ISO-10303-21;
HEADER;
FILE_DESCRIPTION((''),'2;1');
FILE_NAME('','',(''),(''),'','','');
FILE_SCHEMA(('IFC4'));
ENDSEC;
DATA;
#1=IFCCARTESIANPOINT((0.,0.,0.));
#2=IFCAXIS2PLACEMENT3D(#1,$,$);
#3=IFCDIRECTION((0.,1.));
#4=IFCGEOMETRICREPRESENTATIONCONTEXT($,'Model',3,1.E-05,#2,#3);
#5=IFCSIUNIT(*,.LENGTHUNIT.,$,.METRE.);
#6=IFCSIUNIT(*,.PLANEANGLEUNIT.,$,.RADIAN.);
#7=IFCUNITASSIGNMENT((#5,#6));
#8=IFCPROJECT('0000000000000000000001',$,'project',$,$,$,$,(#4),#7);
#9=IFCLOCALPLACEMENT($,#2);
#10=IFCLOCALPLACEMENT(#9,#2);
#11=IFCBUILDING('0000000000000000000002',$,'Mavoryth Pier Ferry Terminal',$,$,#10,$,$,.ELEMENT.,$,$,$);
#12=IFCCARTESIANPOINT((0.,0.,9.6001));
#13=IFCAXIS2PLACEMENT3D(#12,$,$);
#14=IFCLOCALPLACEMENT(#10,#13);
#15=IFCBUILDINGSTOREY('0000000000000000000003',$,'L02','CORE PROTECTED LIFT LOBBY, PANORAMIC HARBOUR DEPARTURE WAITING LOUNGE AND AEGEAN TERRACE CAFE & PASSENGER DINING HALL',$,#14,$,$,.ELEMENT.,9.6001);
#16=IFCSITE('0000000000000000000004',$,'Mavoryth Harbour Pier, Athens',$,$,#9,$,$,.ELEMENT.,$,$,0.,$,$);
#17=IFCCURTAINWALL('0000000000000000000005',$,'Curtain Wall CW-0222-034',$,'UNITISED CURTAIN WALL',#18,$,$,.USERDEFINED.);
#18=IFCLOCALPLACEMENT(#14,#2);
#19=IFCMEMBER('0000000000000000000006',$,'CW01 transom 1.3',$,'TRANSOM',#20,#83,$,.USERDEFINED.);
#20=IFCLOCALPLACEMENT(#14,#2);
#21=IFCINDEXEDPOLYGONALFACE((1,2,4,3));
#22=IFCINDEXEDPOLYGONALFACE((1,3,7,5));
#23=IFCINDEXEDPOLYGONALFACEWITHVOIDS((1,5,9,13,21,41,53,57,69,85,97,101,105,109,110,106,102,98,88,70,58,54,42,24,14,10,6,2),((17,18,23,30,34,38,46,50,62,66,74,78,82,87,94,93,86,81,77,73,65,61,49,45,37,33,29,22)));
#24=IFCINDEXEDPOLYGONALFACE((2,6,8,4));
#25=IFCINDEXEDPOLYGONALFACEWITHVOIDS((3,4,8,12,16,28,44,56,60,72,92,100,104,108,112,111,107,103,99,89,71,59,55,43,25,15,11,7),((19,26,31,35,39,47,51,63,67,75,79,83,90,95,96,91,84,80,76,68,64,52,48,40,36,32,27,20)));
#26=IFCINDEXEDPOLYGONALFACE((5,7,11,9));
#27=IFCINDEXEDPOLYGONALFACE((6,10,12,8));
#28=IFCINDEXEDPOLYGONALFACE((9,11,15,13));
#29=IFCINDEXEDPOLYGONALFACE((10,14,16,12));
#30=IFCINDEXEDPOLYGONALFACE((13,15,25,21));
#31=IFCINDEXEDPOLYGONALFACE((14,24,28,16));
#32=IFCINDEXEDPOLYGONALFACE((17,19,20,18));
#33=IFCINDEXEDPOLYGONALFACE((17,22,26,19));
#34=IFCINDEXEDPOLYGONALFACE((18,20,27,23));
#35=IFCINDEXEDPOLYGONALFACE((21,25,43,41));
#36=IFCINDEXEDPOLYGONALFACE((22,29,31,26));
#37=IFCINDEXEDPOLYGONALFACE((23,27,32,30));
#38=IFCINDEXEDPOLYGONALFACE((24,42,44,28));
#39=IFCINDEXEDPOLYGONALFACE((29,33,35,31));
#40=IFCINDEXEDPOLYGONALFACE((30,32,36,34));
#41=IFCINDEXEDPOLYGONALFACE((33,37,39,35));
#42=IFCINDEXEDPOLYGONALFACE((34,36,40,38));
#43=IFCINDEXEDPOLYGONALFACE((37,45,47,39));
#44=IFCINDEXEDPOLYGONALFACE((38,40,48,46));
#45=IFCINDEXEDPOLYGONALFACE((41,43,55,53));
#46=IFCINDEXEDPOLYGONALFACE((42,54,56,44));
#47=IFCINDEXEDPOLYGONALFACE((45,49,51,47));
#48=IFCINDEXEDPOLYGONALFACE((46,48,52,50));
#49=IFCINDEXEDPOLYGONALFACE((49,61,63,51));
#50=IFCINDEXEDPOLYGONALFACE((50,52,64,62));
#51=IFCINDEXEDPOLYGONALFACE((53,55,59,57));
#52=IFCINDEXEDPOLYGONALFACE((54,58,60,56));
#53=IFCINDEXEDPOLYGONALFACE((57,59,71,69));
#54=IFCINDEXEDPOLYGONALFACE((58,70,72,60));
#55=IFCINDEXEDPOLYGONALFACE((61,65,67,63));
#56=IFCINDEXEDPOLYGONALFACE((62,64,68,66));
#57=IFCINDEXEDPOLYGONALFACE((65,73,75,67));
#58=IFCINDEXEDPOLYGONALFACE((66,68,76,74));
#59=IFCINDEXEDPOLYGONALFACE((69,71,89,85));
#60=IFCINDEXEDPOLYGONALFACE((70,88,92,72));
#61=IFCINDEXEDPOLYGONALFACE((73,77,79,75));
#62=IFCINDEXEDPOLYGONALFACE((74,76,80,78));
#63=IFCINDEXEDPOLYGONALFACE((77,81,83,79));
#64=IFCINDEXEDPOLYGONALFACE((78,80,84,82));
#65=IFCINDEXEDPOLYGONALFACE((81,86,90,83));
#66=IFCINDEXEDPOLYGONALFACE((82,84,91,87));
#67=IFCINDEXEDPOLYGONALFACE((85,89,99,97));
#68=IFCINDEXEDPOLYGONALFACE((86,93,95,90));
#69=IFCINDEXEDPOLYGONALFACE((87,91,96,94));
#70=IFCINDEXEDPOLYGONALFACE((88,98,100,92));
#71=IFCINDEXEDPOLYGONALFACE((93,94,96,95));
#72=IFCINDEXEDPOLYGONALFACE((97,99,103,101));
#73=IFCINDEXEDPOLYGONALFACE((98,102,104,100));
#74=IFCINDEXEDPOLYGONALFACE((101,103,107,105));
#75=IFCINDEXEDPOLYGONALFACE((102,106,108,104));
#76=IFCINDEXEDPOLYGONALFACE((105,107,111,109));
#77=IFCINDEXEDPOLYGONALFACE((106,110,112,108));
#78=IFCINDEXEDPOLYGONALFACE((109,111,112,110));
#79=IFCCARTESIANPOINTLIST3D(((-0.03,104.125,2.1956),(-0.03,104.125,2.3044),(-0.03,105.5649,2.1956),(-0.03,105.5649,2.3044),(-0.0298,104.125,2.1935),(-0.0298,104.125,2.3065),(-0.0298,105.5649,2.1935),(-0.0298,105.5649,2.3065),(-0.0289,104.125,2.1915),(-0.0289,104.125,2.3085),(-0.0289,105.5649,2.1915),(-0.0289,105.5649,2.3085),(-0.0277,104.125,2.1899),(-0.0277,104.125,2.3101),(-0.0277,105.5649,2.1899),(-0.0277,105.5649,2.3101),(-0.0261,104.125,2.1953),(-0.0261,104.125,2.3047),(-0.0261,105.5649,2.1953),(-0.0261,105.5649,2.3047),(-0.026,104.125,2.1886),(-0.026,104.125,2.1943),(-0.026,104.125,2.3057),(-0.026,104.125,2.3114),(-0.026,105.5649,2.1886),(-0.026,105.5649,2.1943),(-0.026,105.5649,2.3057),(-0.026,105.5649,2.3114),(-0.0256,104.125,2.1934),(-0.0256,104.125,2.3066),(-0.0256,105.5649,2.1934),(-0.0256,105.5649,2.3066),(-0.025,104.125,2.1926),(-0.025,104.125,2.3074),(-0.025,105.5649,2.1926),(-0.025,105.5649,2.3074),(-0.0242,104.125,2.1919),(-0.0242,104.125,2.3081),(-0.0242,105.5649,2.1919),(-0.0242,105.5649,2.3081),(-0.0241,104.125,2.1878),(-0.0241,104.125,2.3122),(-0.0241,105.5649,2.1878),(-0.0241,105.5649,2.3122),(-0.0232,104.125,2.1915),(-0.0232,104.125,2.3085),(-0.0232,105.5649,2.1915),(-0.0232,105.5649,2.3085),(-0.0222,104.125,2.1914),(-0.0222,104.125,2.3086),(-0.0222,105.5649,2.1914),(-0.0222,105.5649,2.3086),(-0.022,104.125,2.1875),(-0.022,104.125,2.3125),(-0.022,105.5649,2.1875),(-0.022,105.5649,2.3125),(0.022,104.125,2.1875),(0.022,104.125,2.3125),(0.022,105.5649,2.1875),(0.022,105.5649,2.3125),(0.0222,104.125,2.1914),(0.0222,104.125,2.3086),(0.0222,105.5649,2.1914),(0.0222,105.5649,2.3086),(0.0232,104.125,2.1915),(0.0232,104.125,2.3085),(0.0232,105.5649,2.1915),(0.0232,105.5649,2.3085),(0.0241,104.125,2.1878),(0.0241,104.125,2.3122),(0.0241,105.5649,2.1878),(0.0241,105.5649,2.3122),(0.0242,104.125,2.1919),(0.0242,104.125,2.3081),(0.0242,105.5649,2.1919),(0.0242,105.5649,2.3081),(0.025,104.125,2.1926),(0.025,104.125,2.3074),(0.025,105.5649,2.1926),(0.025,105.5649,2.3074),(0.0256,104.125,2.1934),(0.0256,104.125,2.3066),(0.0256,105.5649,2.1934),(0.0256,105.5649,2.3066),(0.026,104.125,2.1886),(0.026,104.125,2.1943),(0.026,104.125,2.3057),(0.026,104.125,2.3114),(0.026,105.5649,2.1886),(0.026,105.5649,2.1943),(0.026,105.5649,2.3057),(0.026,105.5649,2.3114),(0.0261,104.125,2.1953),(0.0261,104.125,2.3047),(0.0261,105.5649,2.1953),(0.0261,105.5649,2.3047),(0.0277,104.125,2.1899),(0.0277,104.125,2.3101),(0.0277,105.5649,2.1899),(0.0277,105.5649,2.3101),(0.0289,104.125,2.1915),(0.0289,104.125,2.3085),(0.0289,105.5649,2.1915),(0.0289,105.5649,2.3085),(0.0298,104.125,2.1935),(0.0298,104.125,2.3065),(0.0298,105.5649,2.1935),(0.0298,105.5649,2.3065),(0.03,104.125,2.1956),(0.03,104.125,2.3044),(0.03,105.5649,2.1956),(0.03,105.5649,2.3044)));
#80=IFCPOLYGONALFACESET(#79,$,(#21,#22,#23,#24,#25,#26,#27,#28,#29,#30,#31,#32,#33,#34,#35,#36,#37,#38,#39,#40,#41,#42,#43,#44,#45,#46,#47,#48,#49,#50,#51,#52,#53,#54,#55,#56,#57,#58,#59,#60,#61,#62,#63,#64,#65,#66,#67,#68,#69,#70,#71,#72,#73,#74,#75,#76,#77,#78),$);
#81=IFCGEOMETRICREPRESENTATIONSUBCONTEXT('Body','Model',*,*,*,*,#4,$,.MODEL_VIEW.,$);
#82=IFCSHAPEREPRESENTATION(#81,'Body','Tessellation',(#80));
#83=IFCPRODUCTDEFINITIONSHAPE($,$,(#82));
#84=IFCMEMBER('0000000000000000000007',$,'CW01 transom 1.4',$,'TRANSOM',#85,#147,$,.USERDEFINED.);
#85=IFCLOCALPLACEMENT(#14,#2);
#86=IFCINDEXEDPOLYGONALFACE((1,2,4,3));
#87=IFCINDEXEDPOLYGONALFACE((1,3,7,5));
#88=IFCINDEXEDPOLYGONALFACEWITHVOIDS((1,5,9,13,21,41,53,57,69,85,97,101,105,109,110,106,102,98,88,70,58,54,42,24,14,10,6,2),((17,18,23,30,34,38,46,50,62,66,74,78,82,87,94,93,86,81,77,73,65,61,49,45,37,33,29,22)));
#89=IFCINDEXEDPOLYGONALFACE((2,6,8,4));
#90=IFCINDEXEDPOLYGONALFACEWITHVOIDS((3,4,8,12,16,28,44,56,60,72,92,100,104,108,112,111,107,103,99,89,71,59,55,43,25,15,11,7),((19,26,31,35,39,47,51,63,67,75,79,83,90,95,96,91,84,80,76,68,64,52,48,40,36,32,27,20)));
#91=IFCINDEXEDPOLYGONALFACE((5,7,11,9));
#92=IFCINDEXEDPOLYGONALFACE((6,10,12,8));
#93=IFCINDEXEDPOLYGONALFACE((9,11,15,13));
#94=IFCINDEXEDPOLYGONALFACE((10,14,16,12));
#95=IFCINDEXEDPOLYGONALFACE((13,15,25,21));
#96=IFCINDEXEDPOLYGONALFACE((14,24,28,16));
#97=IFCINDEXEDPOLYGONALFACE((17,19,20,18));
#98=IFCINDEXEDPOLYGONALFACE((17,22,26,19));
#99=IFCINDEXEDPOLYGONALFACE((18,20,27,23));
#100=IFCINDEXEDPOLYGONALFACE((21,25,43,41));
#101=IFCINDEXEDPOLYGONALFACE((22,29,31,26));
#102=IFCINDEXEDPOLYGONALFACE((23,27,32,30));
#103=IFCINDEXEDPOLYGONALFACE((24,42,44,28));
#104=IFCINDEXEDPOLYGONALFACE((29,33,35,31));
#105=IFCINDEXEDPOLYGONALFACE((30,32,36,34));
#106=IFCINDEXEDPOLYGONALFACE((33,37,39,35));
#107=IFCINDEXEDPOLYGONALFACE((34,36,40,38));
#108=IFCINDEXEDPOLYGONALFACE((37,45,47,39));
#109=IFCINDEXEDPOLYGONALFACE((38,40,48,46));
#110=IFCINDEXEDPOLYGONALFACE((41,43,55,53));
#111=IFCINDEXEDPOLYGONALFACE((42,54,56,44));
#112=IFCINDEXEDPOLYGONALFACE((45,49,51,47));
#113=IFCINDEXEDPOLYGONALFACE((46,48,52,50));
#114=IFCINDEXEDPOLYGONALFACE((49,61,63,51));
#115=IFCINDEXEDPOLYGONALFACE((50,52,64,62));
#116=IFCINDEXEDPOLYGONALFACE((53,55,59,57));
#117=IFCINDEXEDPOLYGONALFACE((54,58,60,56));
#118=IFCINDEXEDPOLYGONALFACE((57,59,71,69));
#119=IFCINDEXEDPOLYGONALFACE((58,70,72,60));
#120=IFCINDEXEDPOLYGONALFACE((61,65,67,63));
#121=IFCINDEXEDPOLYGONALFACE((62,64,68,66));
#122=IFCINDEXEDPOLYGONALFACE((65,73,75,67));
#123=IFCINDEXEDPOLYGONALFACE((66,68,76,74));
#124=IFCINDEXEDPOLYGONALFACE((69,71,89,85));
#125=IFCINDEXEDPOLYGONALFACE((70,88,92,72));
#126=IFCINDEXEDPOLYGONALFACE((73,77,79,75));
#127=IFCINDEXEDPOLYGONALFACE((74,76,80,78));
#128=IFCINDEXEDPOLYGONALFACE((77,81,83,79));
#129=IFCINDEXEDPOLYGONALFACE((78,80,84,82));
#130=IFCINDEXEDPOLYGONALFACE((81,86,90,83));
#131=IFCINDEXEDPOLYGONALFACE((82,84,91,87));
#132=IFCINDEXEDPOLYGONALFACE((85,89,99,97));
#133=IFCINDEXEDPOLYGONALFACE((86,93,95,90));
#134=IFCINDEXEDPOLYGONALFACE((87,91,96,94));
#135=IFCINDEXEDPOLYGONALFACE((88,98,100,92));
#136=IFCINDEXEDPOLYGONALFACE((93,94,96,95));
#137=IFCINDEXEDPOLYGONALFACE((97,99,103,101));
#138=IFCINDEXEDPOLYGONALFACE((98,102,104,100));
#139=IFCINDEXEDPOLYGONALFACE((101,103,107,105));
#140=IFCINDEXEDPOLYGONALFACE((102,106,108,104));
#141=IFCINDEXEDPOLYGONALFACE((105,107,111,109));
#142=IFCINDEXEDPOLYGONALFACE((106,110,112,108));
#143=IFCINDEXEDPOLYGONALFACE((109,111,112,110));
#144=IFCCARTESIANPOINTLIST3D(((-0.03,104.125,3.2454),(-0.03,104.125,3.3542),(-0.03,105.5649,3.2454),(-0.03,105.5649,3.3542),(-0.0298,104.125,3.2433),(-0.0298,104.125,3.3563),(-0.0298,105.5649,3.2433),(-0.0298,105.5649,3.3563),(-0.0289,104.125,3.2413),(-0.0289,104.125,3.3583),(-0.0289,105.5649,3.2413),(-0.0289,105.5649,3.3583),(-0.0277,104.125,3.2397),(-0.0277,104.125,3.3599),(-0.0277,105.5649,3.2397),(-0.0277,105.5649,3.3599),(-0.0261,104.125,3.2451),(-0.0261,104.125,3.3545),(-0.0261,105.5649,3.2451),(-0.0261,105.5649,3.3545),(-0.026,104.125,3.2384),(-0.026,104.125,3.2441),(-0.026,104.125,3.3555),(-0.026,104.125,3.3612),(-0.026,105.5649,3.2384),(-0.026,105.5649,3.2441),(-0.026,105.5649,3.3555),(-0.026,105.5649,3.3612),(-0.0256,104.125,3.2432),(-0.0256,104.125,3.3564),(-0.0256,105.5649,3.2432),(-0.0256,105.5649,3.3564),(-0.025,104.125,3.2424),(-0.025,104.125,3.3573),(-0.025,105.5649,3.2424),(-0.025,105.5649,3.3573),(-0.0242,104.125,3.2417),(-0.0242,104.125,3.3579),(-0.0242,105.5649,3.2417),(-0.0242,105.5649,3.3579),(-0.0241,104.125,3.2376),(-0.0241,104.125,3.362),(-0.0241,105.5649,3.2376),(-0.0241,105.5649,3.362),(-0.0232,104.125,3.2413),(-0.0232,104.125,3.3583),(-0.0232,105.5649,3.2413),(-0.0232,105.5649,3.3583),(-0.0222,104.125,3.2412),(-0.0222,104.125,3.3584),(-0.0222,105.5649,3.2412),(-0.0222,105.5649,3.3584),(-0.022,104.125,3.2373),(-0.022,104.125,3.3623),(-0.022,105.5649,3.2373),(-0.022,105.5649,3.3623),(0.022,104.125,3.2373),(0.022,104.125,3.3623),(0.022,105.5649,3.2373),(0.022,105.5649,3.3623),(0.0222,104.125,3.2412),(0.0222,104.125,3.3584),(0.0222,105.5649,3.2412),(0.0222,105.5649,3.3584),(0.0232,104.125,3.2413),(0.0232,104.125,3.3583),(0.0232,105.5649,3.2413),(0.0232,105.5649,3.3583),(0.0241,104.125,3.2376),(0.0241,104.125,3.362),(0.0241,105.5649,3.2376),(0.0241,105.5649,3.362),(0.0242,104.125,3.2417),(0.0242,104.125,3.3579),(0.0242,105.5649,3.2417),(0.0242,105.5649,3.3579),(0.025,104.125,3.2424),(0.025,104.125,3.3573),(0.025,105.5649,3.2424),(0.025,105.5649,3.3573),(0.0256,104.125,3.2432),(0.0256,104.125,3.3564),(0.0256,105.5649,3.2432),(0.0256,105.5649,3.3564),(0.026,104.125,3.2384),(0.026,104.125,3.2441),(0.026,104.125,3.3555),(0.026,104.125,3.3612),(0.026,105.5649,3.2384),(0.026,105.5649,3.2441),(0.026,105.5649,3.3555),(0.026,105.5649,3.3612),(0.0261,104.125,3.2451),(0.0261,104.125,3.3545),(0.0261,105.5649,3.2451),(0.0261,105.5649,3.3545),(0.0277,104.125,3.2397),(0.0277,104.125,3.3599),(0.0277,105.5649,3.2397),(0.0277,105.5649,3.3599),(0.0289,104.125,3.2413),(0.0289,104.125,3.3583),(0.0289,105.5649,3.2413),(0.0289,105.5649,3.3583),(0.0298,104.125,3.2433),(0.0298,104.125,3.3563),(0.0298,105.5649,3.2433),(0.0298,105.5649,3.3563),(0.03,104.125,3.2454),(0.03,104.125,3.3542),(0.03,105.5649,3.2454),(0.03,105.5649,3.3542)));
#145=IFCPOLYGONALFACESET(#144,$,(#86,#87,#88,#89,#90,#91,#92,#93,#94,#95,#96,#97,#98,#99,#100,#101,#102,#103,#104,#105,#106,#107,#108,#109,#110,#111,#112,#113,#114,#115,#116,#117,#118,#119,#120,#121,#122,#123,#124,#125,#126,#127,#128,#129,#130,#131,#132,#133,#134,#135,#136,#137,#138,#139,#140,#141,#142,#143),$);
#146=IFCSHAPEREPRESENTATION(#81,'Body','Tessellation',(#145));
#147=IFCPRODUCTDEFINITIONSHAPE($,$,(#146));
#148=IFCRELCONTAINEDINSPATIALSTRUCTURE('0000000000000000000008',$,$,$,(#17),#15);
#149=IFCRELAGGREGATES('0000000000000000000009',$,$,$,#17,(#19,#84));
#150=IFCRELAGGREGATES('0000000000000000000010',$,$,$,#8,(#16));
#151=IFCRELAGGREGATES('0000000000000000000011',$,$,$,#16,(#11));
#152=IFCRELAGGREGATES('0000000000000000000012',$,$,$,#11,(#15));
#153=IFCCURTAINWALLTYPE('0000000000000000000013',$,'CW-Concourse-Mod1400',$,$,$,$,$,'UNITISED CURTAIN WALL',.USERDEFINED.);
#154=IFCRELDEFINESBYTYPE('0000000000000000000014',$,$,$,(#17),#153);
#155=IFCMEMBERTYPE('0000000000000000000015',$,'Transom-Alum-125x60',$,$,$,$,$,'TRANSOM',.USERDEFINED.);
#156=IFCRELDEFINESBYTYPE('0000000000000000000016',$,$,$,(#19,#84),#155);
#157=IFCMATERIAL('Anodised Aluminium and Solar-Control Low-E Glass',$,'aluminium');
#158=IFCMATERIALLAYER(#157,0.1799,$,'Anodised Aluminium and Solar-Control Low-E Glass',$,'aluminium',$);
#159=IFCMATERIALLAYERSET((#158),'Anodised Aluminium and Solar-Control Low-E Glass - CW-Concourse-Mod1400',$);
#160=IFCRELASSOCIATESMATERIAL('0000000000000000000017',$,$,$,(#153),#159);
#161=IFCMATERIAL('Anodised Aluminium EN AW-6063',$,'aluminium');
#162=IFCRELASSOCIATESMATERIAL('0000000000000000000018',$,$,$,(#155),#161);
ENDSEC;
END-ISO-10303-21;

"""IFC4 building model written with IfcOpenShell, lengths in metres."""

from ifc_helpers import new_model, si_unit, direction, frame, origin, origin_2d, place, context, subcontext, project, spatial, hollow_rectangle, extrude, material, layer, layer_set, material_profile, profile_set, type_object, element, aggregate, save


model = new_model("IFC4")

# Units and contexts
model_context = context("Model", 3, precision=1e-05, world=origin(), true_north=direction((0.0, 1.0)))
body_context = subcontext(model_context, "Body", "Model", "MODEL_VIEW")
ifc_project = project(units=[si_unit("LENGTHUNIT", "METRE"), si_unit("PLANEANGLEUNIT", "RADIAN")], contexts=[model_context])

# Site, building, storey
site_placement = place(None, origin())
site = spatial("IfcSite", under=ifc_project, at=site_placement, Name="Mavoryth Harbour Pier, Athens", CompositionType="ELEMENT", RefElevation=0.0)
building_placement = place(site_placement, origin())
building = spatial("IfcBuilding", under=site, at=building_placement, Name="Mavoryth Pier Ferry Terminal", CompositionType="ELEMENT")
storey_placement = place(building_placement, frame((0.0, 0.0, 9.6001)))
storey = spatial("IfcBuildingStorey", under=building, at=storey_placement, Name="L02", Description="CORE PROTECTED LIFT LOBBY, PANORAMIC HARBOUR DEPARTURE WAITING LOUNGE AND AEGEAN TERRACE CAFE & PASSENGER DINING HALL", CompositionType="ELEMENT", Elevation=9.6001)

# Curtain wall
ifc_material_1 = material(Name="Anodised Aluminium and Solar-Control Low-E Glass", Category="aluminium")
ifc_layer_1 = layer(ifc_material_1, 0.1799, Name="Anodised Aluminium and Solar-Control Low-E Glass", Category="aluminium")
ifc_layer_set_1 = layer_set([ifc_layer_1], Name="Anodised Aluminium and Solar-Control Low-E Glass - CW-Concourse-Mod1400")
curtain_wall_type_1 = type_object("IfcCurtainWallType", Name="CW-Concourse-Mod1400", ElementType="UNITISED CURTAIN WALL", PredefinedType="USERDEFINED", material=ifc_layer_set_1)
curtain_wall_1_placement = place(storey_placement, origin())
curtain_wall_1 = element("IfcCurtainWall", 1, at=curtain_wall_1_placement, inside=storey, type_object=curtain_wall_type_1, Name="Curtain Wall CW-0222-034", ObjectType="UNITISED CURTAIN WALL", PredefinedType="USERDEFINED")
ifc_material_2 = material(Name="Anodised Aluminium EN AW-6063", Category="aluminium")

# Members
ifc_material_profile_1 = material_profile(ifc_material_2, hollow_rectangle(XDim=0.0601, YDim=0.125, WallThickness=0.0039, InnerFilletRadius=0.0039, OuterFilletRadius=0.0081, at=origin_2d()), Name="AL-TRAN 125x60x4", Category="aluminium")
ifc_profile_set_1 = profile_set([ifc_material_profile_1], Name="Anodised Aluminium EN AW-6063 - AL-TRAN 125x60x4")
member_type_1 = type_object("IfcMemberType", Name="Transom-Alum-125x60", ElementType="TRANSOM", PredefinedType="USERDEFINED", material=ifc_profile_set_1)
member_1_placement = place(storey_placement, frame((0.0, 105.5649, 2.25), z_axis=(0.0, -1.0, 0.0), x_axis=(1.0, 0.0, 0.0)))
member_1 = element("IfcMember", 2, at=member_1_placement, type_object=member_type_1, Name="CW01 transom 1.3", ObjectType="TRANSOM", PredefinedType="USERDEFINED", context=body_context, shape_type="SweptSolid", body=[
    extrude(hollow_rectangle(XDim=0.0601, YDim=0.125, WallThickness=0.0039, InnerFilletRadius=0.0039, OuterFilletRadius=0.0081, at=origin_2d()), origin(), (0.0, 0.0, 1.0), 1.4399),
])
member_2_placement = place(storey_placement, frame((0.0, 105.5649, 3.2998), z_axis=(0.0, -1.0, 0.0), x_axis=(1.0, 0.0, 0.0)))
member_2 = element("IfcMember", 3, at=member_2_placement, type_object=member_type_1, Name="CW01 transom 1.4", ObjectType="TRANSOM", PredefinedType="USERDEFINED", context=body_context, shape_type="SweptSolid", body=[
    extrude(hollow_rectangle(XDim=0.0601, YDim=0.125, WallThickness=0.0039, InnerFilletRadius=0.0039, OuterFilletRadius=0.0081, at=origin_2d()), origin(), (0.0, 0.0, 1.0), 1.4399),
])

aggregate(curtain_wall_1, [member_1, member_2])

save(model, "model.ifc")
